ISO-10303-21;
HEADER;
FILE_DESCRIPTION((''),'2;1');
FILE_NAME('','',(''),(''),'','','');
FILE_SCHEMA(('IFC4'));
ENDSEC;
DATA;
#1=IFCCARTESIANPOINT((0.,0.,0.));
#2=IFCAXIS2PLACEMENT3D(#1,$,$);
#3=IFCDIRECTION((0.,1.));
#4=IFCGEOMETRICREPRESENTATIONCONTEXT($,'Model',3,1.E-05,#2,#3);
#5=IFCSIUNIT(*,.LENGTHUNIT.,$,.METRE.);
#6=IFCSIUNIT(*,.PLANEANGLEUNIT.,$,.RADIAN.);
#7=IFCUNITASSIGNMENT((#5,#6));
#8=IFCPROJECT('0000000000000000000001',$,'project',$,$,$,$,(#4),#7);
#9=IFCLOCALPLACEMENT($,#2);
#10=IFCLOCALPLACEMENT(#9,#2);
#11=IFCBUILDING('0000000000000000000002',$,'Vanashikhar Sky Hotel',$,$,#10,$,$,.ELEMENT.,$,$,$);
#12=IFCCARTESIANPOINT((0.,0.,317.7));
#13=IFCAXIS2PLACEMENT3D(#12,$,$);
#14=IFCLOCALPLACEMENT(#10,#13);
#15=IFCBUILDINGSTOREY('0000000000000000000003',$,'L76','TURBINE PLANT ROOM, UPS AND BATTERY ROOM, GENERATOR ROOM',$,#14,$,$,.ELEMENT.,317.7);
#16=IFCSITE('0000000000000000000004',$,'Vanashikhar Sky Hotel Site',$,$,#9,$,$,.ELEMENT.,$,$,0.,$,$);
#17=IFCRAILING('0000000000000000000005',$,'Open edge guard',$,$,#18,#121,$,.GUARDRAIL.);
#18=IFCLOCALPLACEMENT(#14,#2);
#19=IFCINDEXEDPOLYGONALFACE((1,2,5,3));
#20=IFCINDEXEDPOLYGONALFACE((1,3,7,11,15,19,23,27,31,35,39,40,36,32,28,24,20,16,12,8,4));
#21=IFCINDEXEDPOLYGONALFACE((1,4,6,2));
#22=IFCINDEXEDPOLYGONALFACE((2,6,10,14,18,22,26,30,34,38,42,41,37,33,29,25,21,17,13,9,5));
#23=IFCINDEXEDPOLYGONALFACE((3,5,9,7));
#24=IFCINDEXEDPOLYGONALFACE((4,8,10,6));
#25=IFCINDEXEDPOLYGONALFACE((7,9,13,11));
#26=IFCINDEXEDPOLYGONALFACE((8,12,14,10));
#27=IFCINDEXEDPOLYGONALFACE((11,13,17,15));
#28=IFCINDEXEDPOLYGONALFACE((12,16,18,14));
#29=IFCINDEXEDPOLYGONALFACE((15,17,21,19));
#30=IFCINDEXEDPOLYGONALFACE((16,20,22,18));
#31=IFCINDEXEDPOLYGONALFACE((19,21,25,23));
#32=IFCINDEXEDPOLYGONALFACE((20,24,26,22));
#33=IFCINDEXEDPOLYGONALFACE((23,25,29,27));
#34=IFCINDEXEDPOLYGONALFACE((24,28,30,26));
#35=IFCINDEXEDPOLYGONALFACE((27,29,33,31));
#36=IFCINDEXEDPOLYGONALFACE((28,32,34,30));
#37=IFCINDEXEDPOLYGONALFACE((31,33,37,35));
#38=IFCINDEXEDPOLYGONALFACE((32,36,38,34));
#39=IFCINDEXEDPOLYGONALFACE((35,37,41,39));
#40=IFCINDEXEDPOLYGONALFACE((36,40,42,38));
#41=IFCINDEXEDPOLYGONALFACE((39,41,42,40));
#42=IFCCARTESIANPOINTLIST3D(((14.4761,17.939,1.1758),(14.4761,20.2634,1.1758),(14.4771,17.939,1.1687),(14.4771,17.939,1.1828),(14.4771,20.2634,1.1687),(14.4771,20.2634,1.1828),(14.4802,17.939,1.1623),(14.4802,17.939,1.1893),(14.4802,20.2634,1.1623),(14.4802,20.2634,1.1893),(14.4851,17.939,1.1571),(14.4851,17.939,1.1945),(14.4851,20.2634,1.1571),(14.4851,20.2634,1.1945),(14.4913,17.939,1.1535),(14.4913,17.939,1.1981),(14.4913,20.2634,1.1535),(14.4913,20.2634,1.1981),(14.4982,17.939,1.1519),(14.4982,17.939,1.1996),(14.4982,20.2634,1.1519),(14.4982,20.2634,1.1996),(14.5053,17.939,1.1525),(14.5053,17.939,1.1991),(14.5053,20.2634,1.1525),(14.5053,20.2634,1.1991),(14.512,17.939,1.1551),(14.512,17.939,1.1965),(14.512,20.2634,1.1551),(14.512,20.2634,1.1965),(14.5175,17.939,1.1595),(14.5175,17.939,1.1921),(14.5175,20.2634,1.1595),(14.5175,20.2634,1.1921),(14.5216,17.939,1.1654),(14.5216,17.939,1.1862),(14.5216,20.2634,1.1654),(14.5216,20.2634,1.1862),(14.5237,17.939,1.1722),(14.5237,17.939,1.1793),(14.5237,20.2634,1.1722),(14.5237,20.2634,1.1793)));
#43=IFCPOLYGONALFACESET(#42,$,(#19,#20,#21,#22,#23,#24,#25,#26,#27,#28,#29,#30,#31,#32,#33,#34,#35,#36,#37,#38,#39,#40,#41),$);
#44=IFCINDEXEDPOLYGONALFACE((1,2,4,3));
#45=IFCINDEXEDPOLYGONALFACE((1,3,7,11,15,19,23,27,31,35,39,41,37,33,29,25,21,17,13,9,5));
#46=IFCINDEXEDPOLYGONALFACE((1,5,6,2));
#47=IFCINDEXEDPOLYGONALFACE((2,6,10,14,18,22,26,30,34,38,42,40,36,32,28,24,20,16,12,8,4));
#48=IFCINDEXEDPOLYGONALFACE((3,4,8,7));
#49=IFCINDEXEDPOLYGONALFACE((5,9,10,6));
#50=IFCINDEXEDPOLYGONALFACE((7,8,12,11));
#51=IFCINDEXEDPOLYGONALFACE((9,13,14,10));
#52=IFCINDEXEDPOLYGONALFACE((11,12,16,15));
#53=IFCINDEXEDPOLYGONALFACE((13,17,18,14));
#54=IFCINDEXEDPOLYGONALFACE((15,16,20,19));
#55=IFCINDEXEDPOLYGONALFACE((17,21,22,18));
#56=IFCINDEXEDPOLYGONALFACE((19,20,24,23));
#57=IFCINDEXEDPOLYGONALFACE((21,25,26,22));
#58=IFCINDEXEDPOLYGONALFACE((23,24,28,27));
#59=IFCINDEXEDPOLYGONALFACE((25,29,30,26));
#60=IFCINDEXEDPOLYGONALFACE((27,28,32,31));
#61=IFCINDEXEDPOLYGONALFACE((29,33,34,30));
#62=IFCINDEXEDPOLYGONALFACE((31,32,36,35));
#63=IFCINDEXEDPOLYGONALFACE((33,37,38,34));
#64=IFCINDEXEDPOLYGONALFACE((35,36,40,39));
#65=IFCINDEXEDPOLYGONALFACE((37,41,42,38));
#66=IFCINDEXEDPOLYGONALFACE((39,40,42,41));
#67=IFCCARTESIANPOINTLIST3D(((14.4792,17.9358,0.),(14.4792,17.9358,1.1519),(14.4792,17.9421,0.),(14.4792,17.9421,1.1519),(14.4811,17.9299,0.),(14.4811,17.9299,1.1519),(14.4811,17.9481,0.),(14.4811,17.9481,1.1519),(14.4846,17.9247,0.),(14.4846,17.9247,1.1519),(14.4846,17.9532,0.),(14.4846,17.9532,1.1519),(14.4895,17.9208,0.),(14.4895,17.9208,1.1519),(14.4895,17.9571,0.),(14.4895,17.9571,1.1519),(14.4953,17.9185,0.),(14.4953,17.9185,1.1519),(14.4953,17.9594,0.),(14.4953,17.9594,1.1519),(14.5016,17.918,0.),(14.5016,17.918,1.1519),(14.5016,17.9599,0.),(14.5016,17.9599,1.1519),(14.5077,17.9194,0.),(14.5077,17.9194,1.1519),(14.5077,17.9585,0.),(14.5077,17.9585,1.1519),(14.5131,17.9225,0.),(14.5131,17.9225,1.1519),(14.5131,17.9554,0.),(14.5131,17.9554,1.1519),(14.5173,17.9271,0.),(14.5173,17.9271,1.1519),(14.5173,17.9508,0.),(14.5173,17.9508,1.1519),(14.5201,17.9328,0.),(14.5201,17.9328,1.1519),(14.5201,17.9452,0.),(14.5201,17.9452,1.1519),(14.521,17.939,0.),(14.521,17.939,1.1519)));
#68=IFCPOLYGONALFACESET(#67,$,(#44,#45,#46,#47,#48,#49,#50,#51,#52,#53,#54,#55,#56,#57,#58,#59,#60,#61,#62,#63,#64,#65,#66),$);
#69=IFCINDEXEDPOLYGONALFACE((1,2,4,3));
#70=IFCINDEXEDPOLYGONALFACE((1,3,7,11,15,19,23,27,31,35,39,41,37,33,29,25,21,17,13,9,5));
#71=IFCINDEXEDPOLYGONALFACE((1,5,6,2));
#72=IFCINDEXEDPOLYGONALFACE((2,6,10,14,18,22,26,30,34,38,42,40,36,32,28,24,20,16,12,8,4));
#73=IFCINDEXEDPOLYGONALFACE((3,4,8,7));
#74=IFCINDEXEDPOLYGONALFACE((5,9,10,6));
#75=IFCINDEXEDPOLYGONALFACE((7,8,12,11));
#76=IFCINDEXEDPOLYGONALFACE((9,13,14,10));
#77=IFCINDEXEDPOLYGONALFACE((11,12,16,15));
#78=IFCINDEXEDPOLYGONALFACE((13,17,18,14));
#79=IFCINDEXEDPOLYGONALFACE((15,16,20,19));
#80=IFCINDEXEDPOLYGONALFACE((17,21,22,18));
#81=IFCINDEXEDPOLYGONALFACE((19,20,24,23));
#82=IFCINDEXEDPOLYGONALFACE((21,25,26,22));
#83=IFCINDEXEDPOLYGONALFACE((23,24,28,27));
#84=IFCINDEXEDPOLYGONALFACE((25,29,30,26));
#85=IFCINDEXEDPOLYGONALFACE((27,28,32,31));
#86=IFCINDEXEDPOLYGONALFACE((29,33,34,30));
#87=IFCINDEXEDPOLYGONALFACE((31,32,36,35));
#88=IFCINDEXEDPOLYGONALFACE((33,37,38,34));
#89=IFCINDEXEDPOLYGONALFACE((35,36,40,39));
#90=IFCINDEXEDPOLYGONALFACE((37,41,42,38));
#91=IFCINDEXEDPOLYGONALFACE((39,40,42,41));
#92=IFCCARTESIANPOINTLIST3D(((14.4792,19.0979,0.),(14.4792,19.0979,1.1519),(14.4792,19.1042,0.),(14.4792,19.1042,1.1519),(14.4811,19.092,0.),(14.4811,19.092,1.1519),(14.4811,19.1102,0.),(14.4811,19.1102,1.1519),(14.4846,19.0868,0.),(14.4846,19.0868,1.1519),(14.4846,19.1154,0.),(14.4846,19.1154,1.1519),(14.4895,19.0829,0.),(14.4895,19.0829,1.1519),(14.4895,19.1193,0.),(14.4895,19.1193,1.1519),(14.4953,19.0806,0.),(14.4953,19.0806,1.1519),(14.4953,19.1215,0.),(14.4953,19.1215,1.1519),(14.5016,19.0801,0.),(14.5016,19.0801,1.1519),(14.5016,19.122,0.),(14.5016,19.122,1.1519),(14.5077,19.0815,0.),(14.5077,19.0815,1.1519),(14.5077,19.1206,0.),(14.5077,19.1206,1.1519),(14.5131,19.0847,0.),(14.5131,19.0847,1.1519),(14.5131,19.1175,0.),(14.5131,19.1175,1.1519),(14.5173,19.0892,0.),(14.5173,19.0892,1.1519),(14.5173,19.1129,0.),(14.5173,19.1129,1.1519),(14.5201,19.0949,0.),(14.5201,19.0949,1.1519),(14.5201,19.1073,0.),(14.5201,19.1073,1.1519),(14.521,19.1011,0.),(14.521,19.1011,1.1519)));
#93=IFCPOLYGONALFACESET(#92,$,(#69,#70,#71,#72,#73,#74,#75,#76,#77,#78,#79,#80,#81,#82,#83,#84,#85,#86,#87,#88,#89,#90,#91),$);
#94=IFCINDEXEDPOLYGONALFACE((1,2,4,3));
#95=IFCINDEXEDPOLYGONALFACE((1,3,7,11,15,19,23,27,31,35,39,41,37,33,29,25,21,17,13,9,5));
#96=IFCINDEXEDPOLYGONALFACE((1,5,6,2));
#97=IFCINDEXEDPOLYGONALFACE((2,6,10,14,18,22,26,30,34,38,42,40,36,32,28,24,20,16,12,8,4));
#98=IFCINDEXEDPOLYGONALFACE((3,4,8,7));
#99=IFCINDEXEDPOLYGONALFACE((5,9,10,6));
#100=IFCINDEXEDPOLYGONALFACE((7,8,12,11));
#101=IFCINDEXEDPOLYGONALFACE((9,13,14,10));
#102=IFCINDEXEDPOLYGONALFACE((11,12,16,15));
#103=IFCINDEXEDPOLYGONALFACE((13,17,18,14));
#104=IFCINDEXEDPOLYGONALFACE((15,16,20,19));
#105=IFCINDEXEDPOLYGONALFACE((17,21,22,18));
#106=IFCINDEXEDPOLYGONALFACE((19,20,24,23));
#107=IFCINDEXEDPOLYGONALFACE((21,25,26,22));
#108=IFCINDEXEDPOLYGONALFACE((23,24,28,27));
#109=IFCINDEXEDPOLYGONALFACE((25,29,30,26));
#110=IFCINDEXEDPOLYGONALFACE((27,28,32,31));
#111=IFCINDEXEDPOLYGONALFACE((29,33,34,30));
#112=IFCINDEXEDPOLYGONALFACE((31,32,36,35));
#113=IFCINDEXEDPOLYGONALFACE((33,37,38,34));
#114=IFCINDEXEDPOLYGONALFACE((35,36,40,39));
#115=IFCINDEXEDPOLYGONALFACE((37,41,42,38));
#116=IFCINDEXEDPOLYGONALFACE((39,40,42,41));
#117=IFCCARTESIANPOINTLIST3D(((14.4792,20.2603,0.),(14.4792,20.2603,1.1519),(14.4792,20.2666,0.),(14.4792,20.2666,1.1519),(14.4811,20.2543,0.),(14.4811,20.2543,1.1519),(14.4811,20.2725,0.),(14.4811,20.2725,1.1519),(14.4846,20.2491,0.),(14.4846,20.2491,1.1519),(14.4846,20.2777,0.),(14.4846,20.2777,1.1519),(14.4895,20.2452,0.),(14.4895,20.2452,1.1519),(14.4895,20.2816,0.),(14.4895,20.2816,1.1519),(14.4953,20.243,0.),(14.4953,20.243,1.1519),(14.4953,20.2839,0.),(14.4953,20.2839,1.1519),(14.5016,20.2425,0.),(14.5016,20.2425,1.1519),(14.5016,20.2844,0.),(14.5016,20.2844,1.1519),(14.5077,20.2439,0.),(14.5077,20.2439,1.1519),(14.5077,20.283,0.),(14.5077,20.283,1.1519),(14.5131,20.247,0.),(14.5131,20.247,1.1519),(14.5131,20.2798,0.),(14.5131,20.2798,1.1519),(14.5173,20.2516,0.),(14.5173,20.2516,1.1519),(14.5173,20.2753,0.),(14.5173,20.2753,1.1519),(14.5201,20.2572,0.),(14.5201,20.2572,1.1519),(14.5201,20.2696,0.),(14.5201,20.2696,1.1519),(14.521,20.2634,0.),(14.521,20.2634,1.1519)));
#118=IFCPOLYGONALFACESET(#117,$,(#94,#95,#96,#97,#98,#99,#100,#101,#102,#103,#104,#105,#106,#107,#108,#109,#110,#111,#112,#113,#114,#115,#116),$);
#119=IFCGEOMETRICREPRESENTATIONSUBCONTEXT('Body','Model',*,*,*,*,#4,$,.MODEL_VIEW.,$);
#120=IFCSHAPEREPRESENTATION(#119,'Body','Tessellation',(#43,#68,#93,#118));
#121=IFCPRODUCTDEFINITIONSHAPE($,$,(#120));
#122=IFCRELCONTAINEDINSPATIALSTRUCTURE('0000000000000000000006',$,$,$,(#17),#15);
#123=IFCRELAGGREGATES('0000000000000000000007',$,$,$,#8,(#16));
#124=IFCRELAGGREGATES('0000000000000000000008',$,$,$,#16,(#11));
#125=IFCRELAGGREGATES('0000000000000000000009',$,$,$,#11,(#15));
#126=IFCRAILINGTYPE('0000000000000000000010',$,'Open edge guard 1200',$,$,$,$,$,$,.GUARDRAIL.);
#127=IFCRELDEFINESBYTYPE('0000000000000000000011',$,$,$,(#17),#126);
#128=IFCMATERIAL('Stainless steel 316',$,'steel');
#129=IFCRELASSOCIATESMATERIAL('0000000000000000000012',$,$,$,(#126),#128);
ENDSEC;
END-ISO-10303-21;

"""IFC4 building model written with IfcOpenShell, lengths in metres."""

from ifc_helpers import new_model, si_unit, direction, frame, origin, origin_2d, place, context, subcontext, project, spatial, circle, extrude, source, transform, mapped, material, type_object, element, save


model = new_model("IFC4")

# Units and contexts
model_context = context("Model", 3, precision=1e-05, world=origin(), true_north=direction((0.0, 1.0)))
body_context = subcontext(model_context, "Body", "Model", "MODEL_VIEW")
ifc_project = project(units=[si_unit("LENGTHUNIT", "METRE"), si_unit("PLANEANGLEUNIT", "RADIAN")], contexts=[model_context])

# Site, building, storey
site_placement = place(None, origin())
site = spatial("IfcSite", under=ifc_project, at=site_placement, Name="Vanashikhar Sky Hotel Site", CompositionType="ELEMENT", RefElevation=0.0)
building_placement = place(site_placement, origin())
building = spatial("IfcBuilding", under=site, at=building_placement, Name="Vanashikhar Sky Hotel", CompositionType="ELEMENT")
storey_placement = place(building_placement, frame((0.0, 0.0, 317.7)))
storey = spatial("IfcBuildingStorey", under=building, at=storey_placement, Name="L76", Description="TURBINE PLANT ROOM, UPS AND BATTERY ROOM, GENERATOR ROOM", CompositionType="ELEMENT", Elevation=317.7)

# Railing
ifc_material_1 = material(Name="Stainless steel 316", Category="steel")
railing_type = type_object("IfcRailingType", Name="Open edge guard 1200", PredefinedType="GUARDRAIL", material=ifc_material_1)
shared_shape_1 = source(origin(), body_context, "Body", "SweptSolid", [
    extrude(circle(Radius=0.0239, at=origin_2d()), frame((0.0, 0.0, 1.1758), z_axis=(0.0, 1.0, 0.0), x_axis=(-1.0, 0.0, 0.0)), (0.0, 0.0, 1.0), 2.3245),
    extrude(circle(Radius=0.021, at=origin_2d()), origin(), (0.0, 0.0, 1.0), 1.1519),
    extrude(circle(Radius=0.021, at=origin_2d()), frame((0.0, 1.1621, 0.0)), (0.0, 0.0, 1.0), 1.1519),
    extrude(circle(Radius=0.021, at=origin_2d()), frame((0.0, 2.3245, 0.0)), (0.0, 0.0, 1.0), 1.1519),
])
for number, where, name in (
    (1, (14.5, 17.939, 0.0), "Open edge guard"),
):
    element("IfcRailing", number, at=place(storey_placement, frame(where)), inside=storey, type_object=railing_type, Name=name, PredefinedType="GUARDRAIL", context=body_context, shape_type="MappedRepresentation", body=[
        mapped(shared_shape_1, transform((0.0, 0.0, 0.0), scale=1.0)),
    ])

save(model, "model.ifc")
